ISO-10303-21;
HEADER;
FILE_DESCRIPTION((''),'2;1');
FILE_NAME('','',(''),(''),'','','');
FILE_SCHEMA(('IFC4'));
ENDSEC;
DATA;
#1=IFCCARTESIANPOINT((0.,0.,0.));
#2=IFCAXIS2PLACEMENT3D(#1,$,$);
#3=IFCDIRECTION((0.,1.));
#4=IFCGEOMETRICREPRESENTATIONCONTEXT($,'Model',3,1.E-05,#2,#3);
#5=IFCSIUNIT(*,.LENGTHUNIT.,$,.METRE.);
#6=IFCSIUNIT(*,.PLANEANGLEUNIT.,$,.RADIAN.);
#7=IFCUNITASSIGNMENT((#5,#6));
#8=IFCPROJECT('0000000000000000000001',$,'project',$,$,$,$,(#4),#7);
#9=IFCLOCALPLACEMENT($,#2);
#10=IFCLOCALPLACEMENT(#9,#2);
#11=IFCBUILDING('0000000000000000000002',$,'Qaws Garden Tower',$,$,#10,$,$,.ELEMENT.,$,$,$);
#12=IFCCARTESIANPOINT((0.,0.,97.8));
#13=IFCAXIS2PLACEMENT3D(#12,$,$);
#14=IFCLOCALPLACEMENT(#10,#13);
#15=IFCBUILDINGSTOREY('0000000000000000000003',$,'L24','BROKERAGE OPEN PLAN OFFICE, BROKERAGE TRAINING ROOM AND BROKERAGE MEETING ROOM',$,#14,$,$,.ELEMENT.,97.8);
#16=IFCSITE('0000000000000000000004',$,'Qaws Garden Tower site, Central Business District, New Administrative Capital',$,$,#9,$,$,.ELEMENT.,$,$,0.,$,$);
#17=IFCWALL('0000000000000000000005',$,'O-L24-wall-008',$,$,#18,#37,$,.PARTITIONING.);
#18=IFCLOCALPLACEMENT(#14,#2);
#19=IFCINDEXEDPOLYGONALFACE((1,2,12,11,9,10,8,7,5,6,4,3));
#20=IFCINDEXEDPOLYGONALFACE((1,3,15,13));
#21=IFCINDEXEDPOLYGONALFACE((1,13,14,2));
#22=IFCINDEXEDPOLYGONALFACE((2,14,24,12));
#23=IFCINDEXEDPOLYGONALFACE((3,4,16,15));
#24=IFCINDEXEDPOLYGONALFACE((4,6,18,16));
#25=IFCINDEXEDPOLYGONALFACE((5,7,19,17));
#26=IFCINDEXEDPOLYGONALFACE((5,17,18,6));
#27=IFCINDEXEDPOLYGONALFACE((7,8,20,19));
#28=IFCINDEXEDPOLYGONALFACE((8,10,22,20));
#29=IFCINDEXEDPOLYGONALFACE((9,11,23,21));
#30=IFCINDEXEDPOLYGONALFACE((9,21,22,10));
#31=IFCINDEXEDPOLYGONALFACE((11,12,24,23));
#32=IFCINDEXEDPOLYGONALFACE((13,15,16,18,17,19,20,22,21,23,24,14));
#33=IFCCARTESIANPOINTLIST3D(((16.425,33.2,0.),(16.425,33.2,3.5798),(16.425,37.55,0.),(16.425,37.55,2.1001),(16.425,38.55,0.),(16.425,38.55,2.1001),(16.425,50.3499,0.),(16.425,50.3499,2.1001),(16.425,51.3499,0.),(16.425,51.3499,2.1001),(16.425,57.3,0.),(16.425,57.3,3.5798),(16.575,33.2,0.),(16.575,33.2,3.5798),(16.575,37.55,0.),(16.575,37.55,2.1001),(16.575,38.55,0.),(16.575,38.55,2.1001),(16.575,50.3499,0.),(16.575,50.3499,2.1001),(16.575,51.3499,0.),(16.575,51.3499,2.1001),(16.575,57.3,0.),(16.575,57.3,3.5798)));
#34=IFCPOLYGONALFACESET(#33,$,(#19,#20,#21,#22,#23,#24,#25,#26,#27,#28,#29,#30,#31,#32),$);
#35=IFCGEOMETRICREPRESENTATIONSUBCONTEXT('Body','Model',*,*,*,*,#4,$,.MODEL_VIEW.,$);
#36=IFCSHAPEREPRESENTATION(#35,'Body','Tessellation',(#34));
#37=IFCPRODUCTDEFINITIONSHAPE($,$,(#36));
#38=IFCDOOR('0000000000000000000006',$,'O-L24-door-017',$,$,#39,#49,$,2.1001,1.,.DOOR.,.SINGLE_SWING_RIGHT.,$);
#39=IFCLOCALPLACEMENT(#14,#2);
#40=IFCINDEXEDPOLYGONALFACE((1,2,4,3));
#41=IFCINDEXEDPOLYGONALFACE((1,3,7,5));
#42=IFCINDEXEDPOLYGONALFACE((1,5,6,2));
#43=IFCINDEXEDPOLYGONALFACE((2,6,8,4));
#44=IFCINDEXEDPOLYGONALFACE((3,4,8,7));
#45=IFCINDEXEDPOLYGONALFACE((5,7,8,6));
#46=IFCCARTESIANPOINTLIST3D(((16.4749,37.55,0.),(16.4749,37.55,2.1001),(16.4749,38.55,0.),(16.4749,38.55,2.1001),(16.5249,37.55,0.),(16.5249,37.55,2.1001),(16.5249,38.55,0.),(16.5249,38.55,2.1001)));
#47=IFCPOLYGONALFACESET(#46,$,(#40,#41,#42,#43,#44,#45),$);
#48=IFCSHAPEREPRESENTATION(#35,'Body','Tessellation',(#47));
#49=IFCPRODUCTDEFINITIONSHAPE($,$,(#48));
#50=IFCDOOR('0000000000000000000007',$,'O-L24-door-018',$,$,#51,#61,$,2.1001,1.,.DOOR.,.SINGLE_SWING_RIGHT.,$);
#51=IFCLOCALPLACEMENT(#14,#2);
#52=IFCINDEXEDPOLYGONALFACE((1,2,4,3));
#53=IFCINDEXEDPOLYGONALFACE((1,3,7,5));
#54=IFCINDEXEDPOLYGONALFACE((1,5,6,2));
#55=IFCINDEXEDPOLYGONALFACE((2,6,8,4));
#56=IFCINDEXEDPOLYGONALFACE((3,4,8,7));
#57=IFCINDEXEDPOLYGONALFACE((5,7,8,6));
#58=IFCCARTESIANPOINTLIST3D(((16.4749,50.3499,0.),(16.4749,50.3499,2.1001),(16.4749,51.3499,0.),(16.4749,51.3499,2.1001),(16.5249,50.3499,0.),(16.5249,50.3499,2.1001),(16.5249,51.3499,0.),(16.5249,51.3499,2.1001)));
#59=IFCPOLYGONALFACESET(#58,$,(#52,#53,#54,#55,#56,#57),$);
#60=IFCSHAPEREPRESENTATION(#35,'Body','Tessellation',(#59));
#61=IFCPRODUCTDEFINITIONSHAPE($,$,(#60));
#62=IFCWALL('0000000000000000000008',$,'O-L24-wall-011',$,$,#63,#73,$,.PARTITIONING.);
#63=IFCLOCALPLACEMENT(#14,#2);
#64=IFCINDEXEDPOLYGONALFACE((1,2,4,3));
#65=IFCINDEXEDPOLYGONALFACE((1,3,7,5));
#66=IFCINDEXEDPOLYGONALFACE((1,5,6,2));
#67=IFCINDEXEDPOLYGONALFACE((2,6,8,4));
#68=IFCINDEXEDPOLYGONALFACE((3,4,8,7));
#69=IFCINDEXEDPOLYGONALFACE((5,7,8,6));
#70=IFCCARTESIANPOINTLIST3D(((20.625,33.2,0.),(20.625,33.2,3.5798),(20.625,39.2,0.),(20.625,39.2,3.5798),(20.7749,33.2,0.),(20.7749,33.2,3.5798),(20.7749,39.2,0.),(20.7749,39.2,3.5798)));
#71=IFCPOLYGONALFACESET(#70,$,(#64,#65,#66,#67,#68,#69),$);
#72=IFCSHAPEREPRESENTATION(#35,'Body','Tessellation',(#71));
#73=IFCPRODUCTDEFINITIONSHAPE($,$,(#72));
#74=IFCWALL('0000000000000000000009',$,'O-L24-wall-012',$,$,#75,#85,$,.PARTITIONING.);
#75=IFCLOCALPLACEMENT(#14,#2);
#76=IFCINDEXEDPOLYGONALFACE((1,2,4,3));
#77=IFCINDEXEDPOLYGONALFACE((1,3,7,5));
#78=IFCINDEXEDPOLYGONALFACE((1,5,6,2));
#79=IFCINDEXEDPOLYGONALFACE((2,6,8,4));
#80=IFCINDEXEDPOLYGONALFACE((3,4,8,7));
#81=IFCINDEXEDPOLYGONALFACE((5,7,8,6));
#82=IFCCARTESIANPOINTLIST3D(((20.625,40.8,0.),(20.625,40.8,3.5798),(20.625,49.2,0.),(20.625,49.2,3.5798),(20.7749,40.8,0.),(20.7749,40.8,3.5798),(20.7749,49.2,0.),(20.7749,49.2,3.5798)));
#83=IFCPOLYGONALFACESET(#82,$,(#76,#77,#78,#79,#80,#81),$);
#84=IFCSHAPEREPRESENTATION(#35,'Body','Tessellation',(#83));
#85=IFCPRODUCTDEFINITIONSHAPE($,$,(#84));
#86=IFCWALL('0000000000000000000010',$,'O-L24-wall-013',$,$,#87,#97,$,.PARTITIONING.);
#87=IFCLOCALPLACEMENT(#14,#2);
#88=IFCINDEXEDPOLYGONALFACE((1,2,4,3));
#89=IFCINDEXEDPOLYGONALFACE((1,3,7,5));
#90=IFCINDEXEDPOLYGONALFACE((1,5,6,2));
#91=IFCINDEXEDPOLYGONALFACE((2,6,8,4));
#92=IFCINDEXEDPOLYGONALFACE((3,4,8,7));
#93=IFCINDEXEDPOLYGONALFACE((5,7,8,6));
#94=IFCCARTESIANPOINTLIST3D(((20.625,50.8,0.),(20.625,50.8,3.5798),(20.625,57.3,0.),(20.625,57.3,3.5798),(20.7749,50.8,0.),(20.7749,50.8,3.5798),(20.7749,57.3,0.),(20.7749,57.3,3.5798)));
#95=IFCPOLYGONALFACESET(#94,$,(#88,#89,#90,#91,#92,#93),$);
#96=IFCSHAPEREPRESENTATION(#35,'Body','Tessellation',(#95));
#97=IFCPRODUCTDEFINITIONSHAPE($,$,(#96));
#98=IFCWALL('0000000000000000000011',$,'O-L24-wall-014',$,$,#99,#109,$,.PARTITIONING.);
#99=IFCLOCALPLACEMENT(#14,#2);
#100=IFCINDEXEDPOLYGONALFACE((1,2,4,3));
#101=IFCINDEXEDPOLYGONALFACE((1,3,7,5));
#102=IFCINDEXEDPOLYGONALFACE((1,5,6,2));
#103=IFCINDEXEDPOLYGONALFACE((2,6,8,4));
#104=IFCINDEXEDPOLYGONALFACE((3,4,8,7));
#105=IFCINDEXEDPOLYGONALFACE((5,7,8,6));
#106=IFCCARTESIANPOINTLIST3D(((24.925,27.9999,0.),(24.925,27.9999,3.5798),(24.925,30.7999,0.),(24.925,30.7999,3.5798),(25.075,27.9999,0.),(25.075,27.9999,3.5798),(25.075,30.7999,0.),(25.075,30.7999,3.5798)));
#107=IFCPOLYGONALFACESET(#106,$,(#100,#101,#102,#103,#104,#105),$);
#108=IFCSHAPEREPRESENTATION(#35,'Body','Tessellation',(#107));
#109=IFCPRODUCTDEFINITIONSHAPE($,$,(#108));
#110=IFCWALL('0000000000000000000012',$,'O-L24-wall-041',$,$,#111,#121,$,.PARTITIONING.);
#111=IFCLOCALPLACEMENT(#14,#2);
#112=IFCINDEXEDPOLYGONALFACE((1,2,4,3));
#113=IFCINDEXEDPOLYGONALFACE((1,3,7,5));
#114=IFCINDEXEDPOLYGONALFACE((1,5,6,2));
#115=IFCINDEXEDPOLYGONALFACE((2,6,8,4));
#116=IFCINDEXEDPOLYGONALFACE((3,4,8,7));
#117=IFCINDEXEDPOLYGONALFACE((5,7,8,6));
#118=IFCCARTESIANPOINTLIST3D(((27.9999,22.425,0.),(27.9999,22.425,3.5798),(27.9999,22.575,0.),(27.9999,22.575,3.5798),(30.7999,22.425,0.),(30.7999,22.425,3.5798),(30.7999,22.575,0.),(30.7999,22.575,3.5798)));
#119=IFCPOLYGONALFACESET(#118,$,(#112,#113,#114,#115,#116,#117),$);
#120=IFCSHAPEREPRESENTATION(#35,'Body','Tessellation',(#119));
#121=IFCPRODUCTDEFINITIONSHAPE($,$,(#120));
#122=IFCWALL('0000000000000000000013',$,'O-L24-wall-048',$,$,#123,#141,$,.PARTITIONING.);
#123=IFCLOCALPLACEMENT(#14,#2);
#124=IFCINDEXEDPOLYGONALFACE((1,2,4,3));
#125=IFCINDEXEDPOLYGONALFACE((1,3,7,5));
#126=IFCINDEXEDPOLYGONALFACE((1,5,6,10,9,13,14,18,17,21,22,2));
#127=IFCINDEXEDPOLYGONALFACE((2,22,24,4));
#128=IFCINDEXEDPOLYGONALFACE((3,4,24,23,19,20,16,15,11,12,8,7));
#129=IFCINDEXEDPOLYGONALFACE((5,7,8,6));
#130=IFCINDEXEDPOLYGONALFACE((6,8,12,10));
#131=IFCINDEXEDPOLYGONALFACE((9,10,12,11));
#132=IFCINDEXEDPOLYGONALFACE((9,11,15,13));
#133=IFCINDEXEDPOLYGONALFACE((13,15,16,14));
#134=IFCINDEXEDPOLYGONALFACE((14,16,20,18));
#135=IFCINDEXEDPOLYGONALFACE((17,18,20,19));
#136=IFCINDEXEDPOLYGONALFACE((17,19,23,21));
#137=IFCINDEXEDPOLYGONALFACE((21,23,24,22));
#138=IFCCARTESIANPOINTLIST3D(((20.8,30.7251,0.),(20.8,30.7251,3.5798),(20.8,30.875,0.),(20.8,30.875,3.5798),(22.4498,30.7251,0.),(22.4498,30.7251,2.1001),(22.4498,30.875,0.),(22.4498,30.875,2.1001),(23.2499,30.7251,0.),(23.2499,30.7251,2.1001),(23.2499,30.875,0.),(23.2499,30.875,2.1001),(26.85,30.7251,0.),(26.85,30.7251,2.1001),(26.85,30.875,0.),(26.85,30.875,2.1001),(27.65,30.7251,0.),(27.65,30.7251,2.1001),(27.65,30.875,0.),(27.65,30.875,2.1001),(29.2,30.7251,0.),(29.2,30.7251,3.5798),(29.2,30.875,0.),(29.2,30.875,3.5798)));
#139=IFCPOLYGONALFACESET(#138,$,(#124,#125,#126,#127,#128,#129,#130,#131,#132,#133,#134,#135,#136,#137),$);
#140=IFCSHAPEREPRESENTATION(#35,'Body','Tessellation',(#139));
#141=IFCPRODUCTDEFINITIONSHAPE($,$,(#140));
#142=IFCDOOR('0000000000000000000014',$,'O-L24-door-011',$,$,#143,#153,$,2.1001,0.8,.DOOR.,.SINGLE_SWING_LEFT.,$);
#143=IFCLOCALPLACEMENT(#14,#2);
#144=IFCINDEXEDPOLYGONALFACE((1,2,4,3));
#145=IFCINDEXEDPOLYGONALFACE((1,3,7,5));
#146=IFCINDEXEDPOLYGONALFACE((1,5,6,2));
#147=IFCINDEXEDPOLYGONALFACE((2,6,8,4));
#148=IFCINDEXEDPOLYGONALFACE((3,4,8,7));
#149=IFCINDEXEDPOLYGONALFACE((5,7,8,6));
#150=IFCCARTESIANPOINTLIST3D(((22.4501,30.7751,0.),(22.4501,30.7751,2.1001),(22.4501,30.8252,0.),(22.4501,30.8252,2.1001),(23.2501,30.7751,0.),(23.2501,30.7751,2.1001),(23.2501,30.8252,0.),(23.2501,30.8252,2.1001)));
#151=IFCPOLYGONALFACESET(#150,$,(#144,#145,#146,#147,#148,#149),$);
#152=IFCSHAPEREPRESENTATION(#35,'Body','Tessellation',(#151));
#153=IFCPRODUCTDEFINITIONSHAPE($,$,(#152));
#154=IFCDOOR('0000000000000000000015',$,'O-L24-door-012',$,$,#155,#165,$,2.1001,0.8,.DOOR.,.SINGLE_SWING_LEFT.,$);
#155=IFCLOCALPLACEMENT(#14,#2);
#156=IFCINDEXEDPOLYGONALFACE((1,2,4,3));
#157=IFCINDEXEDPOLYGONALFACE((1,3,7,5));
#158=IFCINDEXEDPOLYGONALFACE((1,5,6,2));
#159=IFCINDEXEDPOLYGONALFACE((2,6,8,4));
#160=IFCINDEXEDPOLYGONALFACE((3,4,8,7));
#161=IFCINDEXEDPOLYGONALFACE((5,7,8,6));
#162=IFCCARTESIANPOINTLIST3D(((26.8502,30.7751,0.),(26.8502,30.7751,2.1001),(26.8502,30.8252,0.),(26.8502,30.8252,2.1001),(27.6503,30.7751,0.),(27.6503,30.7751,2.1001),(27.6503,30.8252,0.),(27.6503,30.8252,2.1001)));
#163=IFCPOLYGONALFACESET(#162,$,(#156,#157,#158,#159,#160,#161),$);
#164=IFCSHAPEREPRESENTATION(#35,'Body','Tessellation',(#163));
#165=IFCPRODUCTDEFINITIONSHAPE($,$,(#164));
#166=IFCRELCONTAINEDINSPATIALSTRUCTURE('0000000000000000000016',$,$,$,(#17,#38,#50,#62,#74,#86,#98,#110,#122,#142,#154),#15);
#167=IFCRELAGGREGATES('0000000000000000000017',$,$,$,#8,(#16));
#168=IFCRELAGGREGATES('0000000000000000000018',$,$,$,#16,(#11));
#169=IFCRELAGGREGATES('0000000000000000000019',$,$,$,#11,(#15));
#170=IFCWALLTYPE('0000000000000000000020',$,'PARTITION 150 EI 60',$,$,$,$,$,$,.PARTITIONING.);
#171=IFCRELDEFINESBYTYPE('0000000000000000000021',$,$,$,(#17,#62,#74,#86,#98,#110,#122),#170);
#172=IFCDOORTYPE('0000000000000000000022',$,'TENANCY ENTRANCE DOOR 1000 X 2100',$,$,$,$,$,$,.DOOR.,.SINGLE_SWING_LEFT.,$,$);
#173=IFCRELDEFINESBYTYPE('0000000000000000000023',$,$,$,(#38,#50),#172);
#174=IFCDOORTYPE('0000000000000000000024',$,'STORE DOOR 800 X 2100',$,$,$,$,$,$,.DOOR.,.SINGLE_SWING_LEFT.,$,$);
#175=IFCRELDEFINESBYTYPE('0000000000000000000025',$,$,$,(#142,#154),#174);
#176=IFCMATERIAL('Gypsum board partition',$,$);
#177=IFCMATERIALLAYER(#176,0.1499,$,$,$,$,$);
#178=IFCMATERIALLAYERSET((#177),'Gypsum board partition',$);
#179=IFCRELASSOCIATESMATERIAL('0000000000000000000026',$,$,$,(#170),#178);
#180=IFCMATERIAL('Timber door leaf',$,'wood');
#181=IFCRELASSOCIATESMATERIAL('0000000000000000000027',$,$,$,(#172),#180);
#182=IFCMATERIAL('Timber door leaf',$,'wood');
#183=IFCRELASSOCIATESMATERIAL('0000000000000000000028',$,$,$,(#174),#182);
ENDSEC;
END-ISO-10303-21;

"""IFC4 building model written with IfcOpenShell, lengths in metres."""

from ifc_helpers import new_model, si_unit, direction, frame, frame_2d, origin, place, context, subcontext, project, spatial, rectangle, extrude, material, layer, layer_set, type_object, element, fill, save


model = new_model("IFC4")

# Units and contexts
model_context = context("Model", 3, precision=1e-05, world=origin(), true_north=direction((0.0, 1.0)))
body_context = subcontext(model_context, "Body", "Model", "MODEL_VIEW")
ifc_project = project(units=[si_unit("LENGTHUNIT", "METRE"), si_unit("PLANEANGLEUNIT", "RADIAN")], contexts=[model_context])

# Site, building, storey
site_placement = place(None, origin())
site = spatial("IfcSite", under=ifc_project, at=site_placement, Name="Qaws Garden Tower site, Central Business District, New Administrative Capital", CompositionType="ELEMENT", RefElevation=0.0)
building_placement = place(site_placement, origin())
building = spatial("IfcBuilding", under=site, at=building_placement, Name="Qaws Garden Tower", CompositionType="ELEMENT")
storey_placement = place(building_placement, frame((0.0, 0.0, 97.8)))
storey = spatial("IfcBuildingStorey", under=building, at=storey_placement, Name="L24", Description="BROKERAGE OPEN PLAN OFFICE, BROKERAGE TRAINING ROOM AND BROKERAGE MEETING ROOM", CompositionType="ELEMENT", Elevation=97.8)

# Wall, openings, doors
ifc_material_1 = material(Name="Gypsum board partition")
ifc_layer_1 = layer(ifc_material_1, 0.1499)
ifc_layer_set_1 = layer_set([ifc_layer_1], Name="Gypsum board partition")
wall_type_1 = type_object("IfcWallType", Name="PARTITION 150 EI 60", PredefinedType="PARTITIONING", material=ifc_layer_set_1)
wall_1_placement = place(storey_placement, frame((16.5, 33.2, 0.0), z_axis=(0.0, 0.0, 1.0), x_axis=(0.0, 1.0, 0.0)))
wall_1 = element("IfcWall", 1, at=wall_1_placement, inside=storey, type_object=wall_type_1, Name="O-L24-wall-008", PredefinedType="PARTITIONING", context=body_context, shape_type="SweptSolid", body=[
    extrude(rectangle(XDim=24.1001, YDim=0.1499, at=frame_2d((12.05, 0.0))), origin(), (0.0, 0.0, 1.0), 3.5798),
])
opening_1_placement = place(wall_1_placement, frame((4.3501, 0.0, 0.0)))
opening_1 = element("IfcOpeningElement", 2, at=opening_1_placement, cuts=wall_1, PredefinedType="OPENING", context=body_context, shape_type="SweptSolid", body=[
    extrude(rectangle(XDim=1.0, YDim=2.1001, at=frame_2d((0.5, 1.05))), frame((0.0, 0.085, 0.0), z_axis=(0.0, -1.0, 0.0), x_axis=(1.0, 0.0, 0.0)), (0.0, 0.0, 1.0), 0.1699),
])
opening_2_placement = place(wall_1_placement, frame((17.1499, 0.0, 0.0)))
opening_2 = element("IfcOpeningElement", 3, at=opening_2_placement, cuts=wall_1, PredefinedType="OPENING", context=body_context, shape_type="SweptSolid", body=[
    extrude(rectangle(XDim=1.0, YDim=2.1001, at=frame_2d((0.5, 1.05))), frame((0.0, 0.085, 0.0), z_axis=(0.0, -1.0, 0.0), x_axis=(1.0, 0.0, 0.0)), (0.0, 0.0, 1.0), 0.1699),
])
ifc_material_2 = material(Name="Timber door leaf", Category="wood")
door_type_1 = type_object("IfcDoorType", Name="TENANCY ENTRANCE DOOR 1000 X 2100", OperationType="SINGLE_SWING_LEFT", PredefinedType="DOOR", material=ifc_material_2)
door_1_placement = place(opening_1_placement, frame((1.0, 0.0, 0.0), z_axis=(0.0, 0.0, 1.0), x_axis=(-1.0, 0.0, 0.0)))
door_1 = element("IfcDoor", 4, at=door_1_placement, inside=storey, type_object=door_type_1, Name="O-L24-door-017", OperationType="SINGLE_SWING_RIGHT", OverallHeight=2.1001, OverallWidth=1.0, PredefinedType="DOOR", context=body_context, shape_type="SweptSolid", body=[
    extrude(rectangle(XDim=1.0, YDim=2.1001, at=frame_2d((0.5, 1.05))), frame((0.0, 0.0249, 0.0), z_axis=(0.0, -1.0, 0.0), x_axis=(1.0, 0.0, 0.0)), (0.0, 0.0, 1.0), 0.05),
])
fill(opening_1, door_1)
door_2_placement = place(opening_2_placement, frame((1.0, 0.0, 0.0), z_axis=(0.0, 0.0, 1.0), x_axis=(-1.0, 0.0, 0.0)))
door_2 = element("IfcDoor", 5, at=door_2_placement, inside=storey, type_object=door_type_1, Name="O-L24-door-018", OperationType="SINGLE_SWING_RIGHT", OverallHeight=2.1001, OverallWidth=1.0, PredefinedType="DOOR", context=body_context, shape_type="SweptSolid", body=[
    extrude(rectangle(XDim=1.0, YDim=2.1001, at=frame_2d((0.5, 1.05))), frame((0.0, 0.0249, 0.0), z_axis=(0.0, -1.0, 0.0), x_axis=(1.0, 0.0, 0.0)), (0.0, 0.0, 1.0), 0.05),
])
fill(opening_2, door_2)

# Walls
wall_2_placement = place(storey_placement, frame((20.7, 33.2, 0.0), z_axis=(0.0, 0.0, 1.0), x_axis=(0.0, 1.0, 0.0)))
element("IfcWall", 6, at=wall_2_placement, inside=storey, type_object=wall_type_1, Name="O-L24-wall-011", PredefinedType="PARTITIONING", context=body_context, shape_type="SweptSolid", body=[
    extrude(rectangle(XDim=6.0, YDim=0.1499, at=frame_2d((3.0, 0.0))), origin(), (0.0, 0.0, 1.0), 3.5798),
])
wall_3_placement = place(storey_placement, frame((20.7, 40.8, 0.0), z_axis=(0.0, 0.0, 1.0), x_axis=(0.0, 1.0, 0.0)))
element("IfcWall", 7, at=wall_3_placement, inside=storey, type_object=wall_type_1, Name="O-L24-wall-012", PredefinedType="PARTITIONING", context=body_context, shape_type="SweptSolid", body=[
    extrude(rectangle(XDim=8.3999, YDim=0.1499, at=frame_2d((4.2, 0.0))), origin(), (0.0, 0.0, 1.0), 3.5798),
])
wall_4_placement = place(storey_placement, frame((20.7, 50.8, 0.0), z_axis=(0.0, 0.0, 1.0), x_axis=(0.0, 1.0, 0.0)))
element("IfcWall", 8, at=wall_4_placement, inside=storey, type_object=wall_type_1, Name="O-L24-wall-013", PredefinedType="PARTITIONING", context=body_context, shape_type="SweptSolid", body=[
    extrude(rectangle(XDim=6.5, YDim=0.1499, at=frame_2d((3.25, 0.0))), origin(), (0.0, 0.0, 1.0), 3.5798),
])
for number, where, z_axis, x_axis, name in (
    (9, (25.0, 28.0, 0.0), (0.0, 0.0, 1.0), (0.0, 1.0, 0.0), "O-L24-wall-014"),
    (10, (28.0, 22.5, 0.0), (0.0, 0.0, 1.0), (1.0, 0.0, 0.0), "O-L24-wall-041"),
):
    element("IfcWall", number, at=place(storey_placement, frame(where, z_axis=z_axis, x_axis=x_axis)), inside=storey, type_object=wall_type_1, Name=name, PredefinedType="PARTITIONING", context=body_context, shape_type="SweptSolid", body=[
        extrude(rectangle(XDim=2.8, YDim=0.1499, at=frame_2d((1.3999, 0.0))), origin(), (0.0, 0.0, 1.0), 3.5798),
    ])

# Wall, openings, doors
wall_5_placement = place(storey_placement, frame((20.8, 30.8, 0.0), z_axis=(0.0, 0.0, 1.0), x_axis=(1.0, 0.0, 0.0)))
wall_5 = element("IfcWall", 11, at=wall_5_placement, inside=storey, type_object=wall_type_1, Name="O-L24-wall-048", PredefinedType="PARTITIONING", context=body_context, shape_type="SweptSolid", body=[
    extrude(rectangle(XDim=8.3999, YDim=0.1499, at=frame_2d((4.2, 0.0))), origin(), (0.0, 0.0, 1.0), 3.5798),
])
opening_3_placement = place(wall_5_placement, frame((1.6499, 0.0, 0.0)))
opening_3 = element("IfcOpeningElement", 12, at=opening_3_placement, cuts=wall_5, PredefinedType="OPENING", context=body_context, shape_type="SweptSolid", body=[
    extrude(rectangle(XDim=0.8, YDim=2.1001, at=frame_2d((0.3999, 1.05))), frame((0.0, 0.085, 0.0), z_axis=(0.0, -1.0, 0.0), x_axis=(1.0, 0.0, 0.0)), (0.0, 0.0, 1.0), 0.1699),
])
opening_4_placement = place(wall_5_placement, frame((6.05, 0.0, 0.0)))
opening_4 = element("IfcOpeningElement", 13, at=opening_4_placement, cuts=wall_5, PredefinedType="OPENING", context=body_context, shape_type="SweptSolid", body=[
    extrude(rectangle(XDim=0.8, YDim=2.1001, at=frame_2d((0.3999, 1.05))), frame((0.0, 0.085, 0.0), z_axis=(0.0, -1.0, 0.0), x_axis=(1.0, 0.0, 0.0)), (0.0, 0.0, 1.0), 0.1699),
])
ifc_material_3 = material(Name="Timber door leaf", Category="wood")
door_type_2 = type_object("IfcDoorType", Name="STORE DOOR 800 X 2100", OperationType="SINGLE_SWING_LEFT", PredefinedType="DOOR", material=ifc_material_3)
door_3_placement = place(opening_3_placement, frame((0.8, 0.0, 0.0), z_axis=(0.0, 0.0, 1.0), x_axis=(-1.0, 0.0, 0.0)))
door_3 = element("IfcDoor", 14, at=door_3_placement, inside=storey, type_object=door_type_2, Name="O-L24-door-011", OperationType="SINGLE_SWING_LEFT", OverallHeight=2.1001, OverallWidth=0.8, PredefinedType="DOOR", context=body_context, shape_type="SweptSolid", body=[
    extrude(rectangle(XDim=0.8, YDim=2.1001, at=frame_2d((0.3999, 1.05))), frame((0.0, 0.0249, 0.0), z_axis=(0.0, -1.0, 0.0), x_axis=(1.0, 0.0, 0.0)), (0.0, 0.0, 1.0), 0.05),
])
fill(opening_3, door_3)
door_4_placement = place(opening_4_placement, frame((0.8, 0.0, 0.0), z_axis=(0.0, 0.0, 1.0), x_axis=(-1.0, 0.0, 0.0)))
door_4 = element("IfcDoor", 15, at=door_4_placement, inside=storey, type_object=door_type_2, Name="O-L24-door-012", OperationType="SINGLE_SWING_LEFT", OverallHeight=2.1001, OverallWidth=0.8, PredefinedType="DOOR", context=body_context, shape_type="SweptSolid", body=[
    extrude(rectangle(XDim=0.8, YDim=2.1001, at=frame_2d((0.3999, 1.05))), frame((0.0, 0.0249, 0.0), z_axis=(0.0, -1.0, 0.0), x_axis=(1.0, 0.0, 0.0)), (0.0, 0.0, 1.0), 0.05),
])
fill(opening_4, door_4)

save(model, "model.ifc")
